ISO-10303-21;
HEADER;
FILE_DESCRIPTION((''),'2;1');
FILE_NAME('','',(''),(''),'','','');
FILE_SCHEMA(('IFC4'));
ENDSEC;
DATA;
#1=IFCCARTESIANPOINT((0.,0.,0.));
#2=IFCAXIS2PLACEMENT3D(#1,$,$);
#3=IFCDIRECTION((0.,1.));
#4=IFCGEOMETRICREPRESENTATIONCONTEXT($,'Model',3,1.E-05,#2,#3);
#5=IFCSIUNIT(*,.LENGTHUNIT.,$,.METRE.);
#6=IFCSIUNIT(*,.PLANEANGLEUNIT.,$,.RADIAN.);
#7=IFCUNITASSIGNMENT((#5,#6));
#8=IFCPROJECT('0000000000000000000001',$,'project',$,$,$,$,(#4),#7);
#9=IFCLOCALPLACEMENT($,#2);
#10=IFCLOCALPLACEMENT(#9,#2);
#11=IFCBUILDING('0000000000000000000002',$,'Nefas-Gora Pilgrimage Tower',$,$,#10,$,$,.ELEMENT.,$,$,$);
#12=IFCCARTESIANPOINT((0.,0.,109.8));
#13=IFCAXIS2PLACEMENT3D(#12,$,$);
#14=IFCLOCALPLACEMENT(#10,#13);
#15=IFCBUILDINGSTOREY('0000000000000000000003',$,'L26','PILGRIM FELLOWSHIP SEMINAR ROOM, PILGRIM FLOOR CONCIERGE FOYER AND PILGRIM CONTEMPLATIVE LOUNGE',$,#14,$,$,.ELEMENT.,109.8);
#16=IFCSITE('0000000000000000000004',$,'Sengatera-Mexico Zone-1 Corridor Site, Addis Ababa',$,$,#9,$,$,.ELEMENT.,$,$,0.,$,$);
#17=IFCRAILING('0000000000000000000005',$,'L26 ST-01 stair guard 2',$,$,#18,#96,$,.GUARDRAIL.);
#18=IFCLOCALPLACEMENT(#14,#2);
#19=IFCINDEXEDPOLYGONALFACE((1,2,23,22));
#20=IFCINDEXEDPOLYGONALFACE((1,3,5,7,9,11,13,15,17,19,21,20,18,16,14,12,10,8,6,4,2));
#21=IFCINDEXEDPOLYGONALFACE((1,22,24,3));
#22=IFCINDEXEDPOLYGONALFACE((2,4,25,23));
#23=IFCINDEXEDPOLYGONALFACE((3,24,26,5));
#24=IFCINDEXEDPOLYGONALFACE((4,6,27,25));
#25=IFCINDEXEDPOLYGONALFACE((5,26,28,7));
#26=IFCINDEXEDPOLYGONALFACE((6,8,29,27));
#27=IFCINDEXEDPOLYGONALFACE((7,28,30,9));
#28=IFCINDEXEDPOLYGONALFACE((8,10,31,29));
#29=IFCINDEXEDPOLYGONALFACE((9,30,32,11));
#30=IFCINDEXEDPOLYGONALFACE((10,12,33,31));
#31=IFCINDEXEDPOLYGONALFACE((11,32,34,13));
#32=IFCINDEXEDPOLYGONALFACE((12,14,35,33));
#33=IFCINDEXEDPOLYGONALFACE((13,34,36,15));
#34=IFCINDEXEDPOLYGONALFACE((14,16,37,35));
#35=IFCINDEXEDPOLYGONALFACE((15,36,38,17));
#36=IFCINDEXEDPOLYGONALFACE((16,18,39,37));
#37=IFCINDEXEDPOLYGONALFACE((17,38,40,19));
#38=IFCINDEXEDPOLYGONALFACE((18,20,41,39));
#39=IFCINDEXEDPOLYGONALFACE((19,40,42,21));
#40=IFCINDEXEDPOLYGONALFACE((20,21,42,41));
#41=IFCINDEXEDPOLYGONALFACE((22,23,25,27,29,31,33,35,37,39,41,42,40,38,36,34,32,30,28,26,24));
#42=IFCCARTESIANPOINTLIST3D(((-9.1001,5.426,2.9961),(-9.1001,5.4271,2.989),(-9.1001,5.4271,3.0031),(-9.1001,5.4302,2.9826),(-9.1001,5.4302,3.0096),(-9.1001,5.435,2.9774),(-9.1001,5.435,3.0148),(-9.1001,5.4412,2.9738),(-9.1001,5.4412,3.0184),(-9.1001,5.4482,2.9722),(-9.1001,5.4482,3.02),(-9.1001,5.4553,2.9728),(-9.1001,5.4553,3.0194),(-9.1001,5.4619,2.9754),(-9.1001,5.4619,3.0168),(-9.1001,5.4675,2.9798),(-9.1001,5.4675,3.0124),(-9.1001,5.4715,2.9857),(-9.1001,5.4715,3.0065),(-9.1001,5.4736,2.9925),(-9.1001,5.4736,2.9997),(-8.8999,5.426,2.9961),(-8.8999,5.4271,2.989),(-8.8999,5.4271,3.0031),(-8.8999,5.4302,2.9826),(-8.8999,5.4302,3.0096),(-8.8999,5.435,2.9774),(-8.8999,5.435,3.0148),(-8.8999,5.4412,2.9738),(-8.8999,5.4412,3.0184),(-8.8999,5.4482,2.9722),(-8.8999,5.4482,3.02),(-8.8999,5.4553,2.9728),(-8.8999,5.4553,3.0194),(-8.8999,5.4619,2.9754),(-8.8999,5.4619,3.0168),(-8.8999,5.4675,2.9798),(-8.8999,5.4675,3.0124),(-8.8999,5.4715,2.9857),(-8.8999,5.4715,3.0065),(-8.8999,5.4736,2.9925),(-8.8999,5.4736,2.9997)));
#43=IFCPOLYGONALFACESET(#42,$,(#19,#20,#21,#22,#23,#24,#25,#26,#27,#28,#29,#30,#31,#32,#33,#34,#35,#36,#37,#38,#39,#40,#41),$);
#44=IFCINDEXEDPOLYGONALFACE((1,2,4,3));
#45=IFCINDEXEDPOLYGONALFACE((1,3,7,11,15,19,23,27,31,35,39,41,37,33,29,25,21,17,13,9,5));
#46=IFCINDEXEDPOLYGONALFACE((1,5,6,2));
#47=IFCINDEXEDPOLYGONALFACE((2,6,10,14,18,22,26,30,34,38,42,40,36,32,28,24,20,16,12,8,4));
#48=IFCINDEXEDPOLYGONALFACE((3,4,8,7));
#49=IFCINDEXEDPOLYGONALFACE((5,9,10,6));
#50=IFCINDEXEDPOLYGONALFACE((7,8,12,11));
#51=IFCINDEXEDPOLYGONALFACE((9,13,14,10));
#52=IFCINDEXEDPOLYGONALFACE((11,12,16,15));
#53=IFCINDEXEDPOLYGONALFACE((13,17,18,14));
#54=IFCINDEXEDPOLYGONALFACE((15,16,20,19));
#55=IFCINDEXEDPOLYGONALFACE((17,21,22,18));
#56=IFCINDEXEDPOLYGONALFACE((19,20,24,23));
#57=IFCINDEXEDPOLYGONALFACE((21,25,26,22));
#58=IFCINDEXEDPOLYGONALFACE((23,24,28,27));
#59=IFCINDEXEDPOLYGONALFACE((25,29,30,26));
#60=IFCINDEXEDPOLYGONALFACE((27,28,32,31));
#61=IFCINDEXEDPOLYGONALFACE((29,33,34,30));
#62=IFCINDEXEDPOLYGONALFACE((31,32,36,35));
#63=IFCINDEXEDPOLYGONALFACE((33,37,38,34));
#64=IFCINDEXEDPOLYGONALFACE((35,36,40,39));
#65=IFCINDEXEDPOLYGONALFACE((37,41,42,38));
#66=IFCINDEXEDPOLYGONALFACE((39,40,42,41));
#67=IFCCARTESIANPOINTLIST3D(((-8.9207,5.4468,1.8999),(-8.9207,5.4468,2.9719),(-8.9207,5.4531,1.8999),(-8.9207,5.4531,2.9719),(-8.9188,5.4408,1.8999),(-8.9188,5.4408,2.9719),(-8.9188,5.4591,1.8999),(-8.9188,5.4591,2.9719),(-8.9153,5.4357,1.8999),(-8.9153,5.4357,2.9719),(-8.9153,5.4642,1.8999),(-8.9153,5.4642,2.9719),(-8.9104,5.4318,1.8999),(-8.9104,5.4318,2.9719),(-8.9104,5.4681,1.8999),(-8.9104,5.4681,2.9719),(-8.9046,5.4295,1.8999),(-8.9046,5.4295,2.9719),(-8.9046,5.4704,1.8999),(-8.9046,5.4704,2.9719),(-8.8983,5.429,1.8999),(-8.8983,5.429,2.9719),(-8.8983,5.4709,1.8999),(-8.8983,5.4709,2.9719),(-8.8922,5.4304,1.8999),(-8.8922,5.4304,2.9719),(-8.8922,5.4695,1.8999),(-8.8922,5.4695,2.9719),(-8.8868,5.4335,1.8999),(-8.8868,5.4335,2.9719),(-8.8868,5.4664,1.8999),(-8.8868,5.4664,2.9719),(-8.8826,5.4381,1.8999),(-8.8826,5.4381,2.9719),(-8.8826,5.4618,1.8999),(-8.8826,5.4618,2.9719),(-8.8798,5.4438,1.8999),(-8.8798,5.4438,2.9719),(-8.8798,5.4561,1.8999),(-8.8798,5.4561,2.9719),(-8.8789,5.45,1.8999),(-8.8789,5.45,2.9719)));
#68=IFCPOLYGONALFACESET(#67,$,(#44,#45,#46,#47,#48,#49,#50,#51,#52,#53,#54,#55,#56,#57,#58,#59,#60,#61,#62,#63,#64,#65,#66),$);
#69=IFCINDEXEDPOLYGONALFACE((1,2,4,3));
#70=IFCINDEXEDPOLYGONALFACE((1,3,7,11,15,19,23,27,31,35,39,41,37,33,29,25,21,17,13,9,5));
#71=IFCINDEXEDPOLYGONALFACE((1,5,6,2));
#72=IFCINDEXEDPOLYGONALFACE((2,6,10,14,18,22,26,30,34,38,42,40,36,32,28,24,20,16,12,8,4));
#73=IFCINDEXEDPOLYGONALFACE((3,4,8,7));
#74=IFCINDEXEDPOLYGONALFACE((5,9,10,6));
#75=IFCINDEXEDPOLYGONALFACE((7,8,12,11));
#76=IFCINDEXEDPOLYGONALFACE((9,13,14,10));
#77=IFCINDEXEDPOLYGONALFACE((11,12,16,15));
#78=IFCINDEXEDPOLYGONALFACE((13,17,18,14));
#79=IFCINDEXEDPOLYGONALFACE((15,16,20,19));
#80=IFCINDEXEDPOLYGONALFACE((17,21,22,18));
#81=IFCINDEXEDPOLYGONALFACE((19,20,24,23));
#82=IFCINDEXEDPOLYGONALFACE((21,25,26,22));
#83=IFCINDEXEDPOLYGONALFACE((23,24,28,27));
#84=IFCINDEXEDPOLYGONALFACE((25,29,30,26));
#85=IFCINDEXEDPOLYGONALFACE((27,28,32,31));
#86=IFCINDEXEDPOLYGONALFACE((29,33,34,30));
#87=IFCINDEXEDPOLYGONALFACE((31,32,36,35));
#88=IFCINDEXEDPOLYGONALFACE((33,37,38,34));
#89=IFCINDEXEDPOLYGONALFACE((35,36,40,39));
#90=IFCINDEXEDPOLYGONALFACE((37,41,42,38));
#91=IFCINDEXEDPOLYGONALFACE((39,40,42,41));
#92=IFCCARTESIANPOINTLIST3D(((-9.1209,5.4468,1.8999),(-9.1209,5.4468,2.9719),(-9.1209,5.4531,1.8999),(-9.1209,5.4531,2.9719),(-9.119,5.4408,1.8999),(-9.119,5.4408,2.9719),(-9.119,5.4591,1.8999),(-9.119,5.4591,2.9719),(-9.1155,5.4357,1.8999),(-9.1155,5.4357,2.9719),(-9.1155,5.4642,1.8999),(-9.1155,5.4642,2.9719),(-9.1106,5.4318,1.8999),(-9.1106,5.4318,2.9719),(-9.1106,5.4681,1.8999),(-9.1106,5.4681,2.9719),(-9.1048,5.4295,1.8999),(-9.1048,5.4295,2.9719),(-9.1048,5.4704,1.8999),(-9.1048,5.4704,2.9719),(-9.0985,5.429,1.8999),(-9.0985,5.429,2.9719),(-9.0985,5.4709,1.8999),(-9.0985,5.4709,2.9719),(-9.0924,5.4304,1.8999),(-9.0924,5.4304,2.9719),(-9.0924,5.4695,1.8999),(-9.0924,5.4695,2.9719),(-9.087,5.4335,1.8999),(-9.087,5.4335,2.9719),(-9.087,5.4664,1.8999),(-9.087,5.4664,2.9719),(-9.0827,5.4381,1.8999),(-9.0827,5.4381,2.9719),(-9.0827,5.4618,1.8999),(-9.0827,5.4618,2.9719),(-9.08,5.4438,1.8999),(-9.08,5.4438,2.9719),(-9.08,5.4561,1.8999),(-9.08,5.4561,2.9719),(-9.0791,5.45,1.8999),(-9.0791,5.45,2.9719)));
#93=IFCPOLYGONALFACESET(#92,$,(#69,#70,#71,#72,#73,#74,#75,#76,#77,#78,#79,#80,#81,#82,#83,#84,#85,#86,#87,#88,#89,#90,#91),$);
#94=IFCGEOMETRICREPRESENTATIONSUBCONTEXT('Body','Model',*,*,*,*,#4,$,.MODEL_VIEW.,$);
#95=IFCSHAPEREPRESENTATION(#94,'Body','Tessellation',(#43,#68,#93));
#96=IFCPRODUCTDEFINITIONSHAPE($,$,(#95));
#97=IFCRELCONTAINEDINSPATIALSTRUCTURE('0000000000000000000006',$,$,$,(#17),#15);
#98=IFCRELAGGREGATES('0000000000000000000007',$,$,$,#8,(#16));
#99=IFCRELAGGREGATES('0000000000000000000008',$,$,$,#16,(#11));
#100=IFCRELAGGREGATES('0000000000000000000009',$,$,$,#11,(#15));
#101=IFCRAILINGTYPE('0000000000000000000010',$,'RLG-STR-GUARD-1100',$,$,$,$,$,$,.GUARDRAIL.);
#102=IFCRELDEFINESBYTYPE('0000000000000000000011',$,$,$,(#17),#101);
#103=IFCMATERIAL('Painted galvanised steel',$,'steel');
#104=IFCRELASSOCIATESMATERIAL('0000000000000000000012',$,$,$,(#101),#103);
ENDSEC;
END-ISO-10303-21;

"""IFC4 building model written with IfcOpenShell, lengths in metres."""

from ifc_helpers import new_model, si_unit, direction, frame, origin, origin_2d, place, context, subcontext, project, spatial, circle, extrude, material, type_object, element, save


model = new_model("IFC4")

# Units and contexts
model_context = context("Model", 3, precision=1e-05, world=origin(), true_north=direction((0.0, 1.0)))
body_context = subcontext(model_context, "Body", "Model", "MODEL_VIEW")
ifc_project = project(units=[si_unit("LENGTHUNIT", "METRE"), si_unit("PLANEANGLEUNIT", "RADIAN")], contexts=[model_context])

# Site, building, storey
site_placement = place(None, origin())
site = spatial("IfcSite", under=ifc_project, at=site_placement, Name="Sengatera-Mexico Zone-1 Corridor Site, Addis Ababa", CompositionType="ELEMENT", RefElevation=0.0)
building_placement = place(site_placement, origin())
building = spatial("IfcBuilding", under=site, at=building_placement, Name="Nefas-Gora Pilgrimage Tower", CompositionType="ELEMENT")
storey_placement = place(building_placement, frame((0.0, 0.0, 109.8)))
storey = spatial("IfcBuildingStorey", under=building, at=storey_placement, Name="L26", Description="PILGRIM FELLOWSHIP SEMINAR ROOM, PILGRIM FLOOR CONCIERGE FOYER AND PILGRIM CONTEMPLATIVE LOUNGE", CompositionType="ELEMENT", Elevation=109.8)

# Railing
ifc_material_1 = material(Name="Painted galvanised steel", Category="steel")
railing_type_1 = type_object("IfcRailingType", Name="RLG-STR-GUARD-1100", PredefinedType="GUARDRAIL", material=ifc_material_1)
railing_1_placement = place(storey_placement, frame((-8.8999, 5.45, 1.8999)))
element("IfcRailing", 1, at=railing_1_placement, inside=storey, type_object=railing_type_1, Name="L26 ST-01 stair guard 2", PredefinedType="GUARDRAIL", context=body_context, shape_type="SweptSolid", body=[
    extrude(circle(Radius=0.0239, at=origin_2d()), frame((0.0, 0.0, 1.0962), z_axis=(-1.0, 0.0, 0.0), x_axis=(0.0, -1.0, 0.0)), (0.0, 0.0, 1.0), 0.2002),
    extrude(circle(Radius=0.021, at=origin_2d()), origin(), (0.0, 0.0, 1.0), 1.072),
    extrude(circle(Radius=0.021, at=origin_2d()), frame((-0.2002, 0.0, 0.0)), (0.0, 0.0, 1.0), 1.072),
])

save(model, "model.ifc")
